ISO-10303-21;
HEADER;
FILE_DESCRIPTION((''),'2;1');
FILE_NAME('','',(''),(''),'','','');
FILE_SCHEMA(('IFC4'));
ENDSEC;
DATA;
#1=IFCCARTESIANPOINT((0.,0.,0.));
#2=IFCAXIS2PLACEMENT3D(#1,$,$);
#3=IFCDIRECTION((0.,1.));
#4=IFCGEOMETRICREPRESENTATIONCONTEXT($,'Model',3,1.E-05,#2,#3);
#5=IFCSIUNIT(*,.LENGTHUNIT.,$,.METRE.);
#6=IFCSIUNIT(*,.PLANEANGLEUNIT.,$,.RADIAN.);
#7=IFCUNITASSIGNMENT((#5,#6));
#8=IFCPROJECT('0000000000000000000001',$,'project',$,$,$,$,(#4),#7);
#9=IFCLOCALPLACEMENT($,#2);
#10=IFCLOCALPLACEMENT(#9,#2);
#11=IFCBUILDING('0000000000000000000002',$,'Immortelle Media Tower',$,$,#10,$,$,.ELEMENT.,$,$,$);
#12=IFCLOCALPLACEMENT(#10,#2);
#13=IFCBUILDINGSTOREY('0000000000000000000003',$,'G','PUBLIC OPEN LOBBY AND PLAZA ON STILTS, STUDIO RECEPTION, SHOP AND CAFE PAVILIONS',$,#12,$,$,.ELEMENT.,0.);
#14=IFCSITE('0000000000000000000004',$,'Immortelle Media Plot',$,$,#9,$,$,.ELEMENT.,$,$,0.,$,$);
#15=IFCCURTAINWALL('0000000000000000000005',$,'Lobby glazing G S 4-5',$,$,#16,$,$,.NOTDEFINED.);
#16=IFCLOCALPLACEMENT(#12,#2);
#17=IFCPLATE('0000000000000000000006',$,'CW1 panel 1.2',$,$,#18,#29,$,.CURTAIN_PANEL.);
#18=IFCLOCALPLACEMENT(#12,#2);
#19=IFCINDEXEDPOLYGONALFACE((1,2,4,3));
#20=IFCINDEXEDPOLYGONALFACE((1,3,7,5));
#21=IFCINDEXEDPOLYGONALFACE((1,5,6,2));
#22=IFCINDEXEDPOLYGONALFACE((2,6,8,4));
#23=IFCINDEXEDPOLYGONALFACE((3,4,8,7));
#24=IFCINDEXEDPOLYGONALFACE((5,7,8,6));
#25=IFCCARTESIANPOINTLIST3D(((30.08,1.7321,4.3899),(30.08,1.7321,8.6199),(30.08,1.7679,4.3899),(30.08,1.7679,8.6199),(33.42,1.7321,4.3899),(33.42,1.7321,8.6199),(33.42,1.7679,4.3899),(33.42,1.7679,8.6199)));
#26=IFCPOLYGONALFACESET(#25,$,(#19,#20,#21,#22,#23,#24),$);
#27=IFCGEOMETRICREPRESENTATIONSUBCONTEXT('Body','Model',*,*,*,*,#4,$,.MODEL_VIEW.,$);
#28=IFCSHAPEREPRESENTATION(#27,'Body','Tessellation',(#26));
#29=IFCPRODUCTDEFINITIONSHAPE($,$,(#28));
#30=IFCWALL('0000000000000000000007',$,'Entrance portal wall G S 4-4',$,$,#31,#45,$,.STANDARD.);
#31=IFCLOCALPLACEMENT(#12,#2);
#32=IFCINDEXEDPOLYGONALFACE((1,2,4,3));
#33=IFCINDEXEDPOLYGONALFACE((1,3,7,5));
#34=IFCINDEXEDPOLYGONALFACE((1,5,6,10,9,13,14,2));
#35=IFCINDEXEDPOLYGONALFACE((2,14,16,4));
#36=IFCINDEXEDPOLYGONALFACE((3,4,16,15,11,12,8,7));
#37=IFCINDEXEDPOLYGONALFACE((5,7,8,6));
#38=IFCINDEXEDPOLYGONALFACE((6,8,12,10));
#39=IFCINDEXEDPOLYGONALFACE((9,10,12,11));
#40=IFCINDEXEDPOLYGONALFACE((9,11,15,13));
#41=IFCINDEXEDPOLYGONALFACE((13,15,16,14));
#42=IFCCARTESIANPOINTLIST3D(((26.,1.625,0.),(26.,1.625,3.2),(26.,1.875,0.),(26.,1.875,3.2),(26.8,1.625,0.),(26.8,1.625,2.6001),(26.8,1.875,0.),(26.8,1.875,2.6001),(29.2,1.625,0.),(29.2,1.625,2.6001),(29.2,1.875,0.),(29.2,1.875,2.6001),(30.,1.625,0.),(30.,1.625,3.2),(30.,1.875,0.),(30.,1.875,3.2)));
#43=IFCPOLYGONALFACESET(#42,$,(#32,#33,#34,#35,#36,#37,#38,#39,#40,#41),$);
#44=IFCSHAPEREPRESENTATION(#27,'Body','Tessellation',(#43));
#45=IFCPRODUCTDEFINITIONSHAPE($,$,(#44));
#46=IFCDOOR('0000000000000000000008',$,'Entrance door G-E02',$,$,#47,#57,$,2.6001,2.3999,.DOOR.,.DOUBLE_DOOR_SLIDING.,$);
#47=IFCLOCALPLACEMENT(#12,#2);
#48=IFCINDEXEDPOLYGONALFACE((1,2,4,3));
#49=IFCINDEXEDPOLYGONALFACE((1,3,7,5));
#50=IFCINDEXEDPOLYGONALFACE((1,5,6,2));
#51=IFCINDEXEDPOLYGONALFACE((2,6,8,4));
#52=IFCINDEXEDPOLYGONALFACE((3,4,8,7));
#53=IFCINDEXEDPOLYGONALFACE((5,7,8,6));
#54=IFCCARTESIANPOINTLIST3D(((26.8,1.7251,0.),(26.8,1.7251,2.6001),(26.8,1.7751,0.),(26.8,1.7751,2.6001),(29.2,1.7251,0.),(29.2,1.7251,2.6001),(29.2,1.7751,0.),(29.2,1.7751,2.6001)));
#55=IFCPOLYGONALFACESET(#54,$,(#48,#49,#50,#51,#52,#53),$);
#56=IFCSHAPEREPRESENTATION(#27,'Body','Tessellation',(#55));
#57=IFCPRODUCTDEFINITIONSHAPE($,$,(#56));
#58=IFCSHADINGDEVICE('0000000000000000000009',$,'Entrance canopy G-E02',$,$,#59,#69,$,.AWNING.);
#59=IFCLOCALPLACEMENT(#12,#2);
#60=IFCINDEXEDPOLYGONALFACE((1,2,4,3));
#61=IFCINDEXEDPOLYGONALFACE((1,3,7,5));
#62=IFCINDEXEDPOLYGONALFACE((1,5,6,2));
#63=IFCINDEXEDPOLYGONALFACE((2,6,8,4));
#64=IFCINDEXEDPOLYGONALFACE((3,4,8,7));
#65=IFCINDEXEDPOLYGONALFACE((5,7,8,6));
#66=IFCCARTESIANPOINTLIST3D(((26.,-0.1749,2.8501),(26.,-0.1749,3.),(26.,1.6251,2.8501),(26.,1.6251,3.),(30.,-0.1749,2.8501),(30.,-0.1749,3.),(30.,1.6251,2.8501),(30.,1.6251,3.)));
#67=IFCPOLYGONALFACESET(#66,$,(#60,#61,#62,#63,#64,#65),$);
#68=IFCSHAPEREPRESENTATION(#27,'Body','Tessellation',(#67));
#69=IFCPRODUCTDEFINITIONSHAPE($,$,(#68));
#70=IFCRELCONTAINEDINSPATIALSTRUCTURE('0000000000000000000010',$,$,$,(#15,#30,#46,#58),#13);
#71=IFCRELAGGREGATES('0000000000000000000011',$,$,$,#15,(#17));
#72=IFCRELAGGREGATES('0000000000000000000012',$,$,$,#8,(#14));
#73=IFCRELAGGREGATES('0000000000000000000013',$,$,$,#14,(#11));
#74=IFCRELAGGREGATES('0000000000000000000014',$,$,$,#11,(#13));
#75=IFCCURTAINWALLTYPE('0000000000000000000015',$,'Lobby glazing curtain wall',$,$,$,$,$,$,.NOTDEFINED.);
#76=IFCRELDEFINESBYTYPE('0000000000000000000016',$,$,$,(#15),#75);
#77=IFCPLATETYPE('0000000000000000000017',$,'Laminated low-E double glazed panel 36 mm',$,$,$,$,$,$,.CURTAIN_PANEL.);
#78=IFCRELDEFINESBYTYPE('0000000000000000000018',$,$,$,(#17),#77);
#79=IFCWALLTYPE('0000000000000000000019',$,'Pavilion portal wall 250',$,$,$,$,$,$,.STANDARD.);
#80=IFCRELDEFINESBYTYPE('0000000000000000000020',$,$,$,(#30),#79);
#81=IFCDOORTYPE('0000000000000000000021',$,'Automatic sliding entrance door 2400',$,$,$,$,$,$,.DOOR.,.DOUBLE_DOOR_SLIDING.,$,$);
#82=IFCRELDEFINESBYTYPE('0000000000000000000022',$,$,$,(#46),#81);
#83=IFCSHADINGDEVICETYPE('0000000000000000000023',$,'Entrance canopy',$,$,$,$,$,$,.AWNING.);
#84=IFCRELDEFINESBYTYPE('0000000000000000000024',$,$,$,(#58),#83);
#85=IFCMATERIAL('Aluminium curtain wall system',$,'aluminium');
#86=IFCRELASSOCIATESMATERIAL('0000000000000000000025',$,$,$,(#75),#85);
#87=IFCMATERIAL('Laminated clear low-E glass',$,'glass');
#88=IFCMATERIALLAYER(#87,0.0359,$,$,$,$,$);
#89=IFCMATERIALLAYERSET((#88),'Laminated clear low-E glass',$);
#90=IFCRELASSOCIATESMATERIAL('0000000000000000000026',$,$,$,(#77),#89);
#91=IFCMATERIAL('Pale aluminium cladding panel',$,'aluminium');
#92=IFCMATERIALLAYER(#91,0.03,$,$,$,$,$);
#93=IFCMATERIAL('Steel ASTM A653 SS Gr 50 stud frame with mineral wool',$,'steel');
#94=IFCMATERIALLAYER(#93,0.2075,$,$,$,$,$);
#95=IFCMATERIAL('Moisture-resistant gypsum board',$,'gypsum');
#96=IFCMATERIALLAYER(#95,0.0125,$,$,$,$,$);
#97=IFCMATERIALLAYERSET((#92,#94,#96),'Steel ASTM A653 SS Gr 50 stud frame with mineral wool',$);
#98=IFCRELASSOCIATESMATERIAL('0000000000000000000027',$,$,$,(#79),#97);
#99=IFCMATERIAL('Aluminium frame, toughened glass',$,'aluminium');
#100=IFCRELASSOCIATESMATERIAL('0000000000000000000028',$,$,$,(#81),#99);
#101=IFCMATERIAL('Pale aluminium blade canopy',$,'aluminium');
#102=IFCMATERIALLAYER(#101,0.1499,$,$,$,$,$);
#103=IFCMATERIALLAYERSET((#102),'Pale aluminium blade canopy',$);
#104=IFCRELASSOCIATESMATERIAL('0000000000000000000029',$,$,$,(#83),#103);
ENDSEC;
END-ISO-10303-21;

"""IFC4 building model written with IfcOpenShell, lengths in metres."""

from ifc_helpers import new_model, si_unit, direction, frame, frame_2d, origin, origin_2d, place, context, subcontext, project, spatial, rectangle, extrude, material, layer, layer_set, type_object, element, fill, aggregate, save


model = new_model("IFC4")

# Units and contexts
model_context = context("Model", 3, precision=1e-05, world=origin(), true_north=direction((0.0, 1.0)))
body_context = subcontext(model_context, "Body", "Model", "MODEL_VIEW")
ifc_project = project(units=[si_unit("LENGTHUNIT", "METRE"), si_unit("PLANEANGLEUNIT", "RADIAN")], contexts=[model_context])

# Site, building, storey
site_placement = place(None, origin())
site = spatial("IfcSite", under=ifc_project, at=site_placement, Name="Immortelle Media Plot", CompositionType="ELEMENT", RefElevation=0.0)
building_placement = place(site_placement, origin())
building = spatial("IfcBuilding", under=site, at=building_placement, Name="Immortelle Media Tower", CompositionType="ELEMENT")
storey_placement = place(building_placement, origin())
storey = spatial("IfcBuildingStorey", under=building, at=storey_placement, Name="G", Description="PUBLIC OPEN LOBBY AND PLAZA ON STILTS, STUDIO RECEPTION, SHOP AND CAFE PAVILIONS", CompositionType="ELEMENT", Elevation=0.0)

# Shared definitions
ifc_material_1 = material(Name="Aluminium curtain wall system", Category="aluminium")
curtain_wall_type = type_object("IfcCurtainWallType", Name="Lobby glazing curtain wall", PredefinedType="NOTDEFINED", material=ifc_material_1)

# Curtain wall
curtain_wall_1_placement = place(storey_placement, origin())
curtain_wall_1 = element("IfcCurtainWall", 1, at=curtain_wall_1_placement, inside=storey, type_object=curtain_wall_type, Name="Lobby glazing G S 4-5", PredefinedType="NOTDEFINED")

# Shared definitions
ifc_material_2 = material(Name="Laminated clear low-E glass", Category="glass")
ifc_layer_1 = layer(ifc_material_2, 0.0359)
ifc_layer_set_1 = layer_set([ifc_layer_1], Name="Laminated clear low-E glass")
plate_type = type_object("IfcPlateType", Name="Laminated low-E double glazed panel 36 mm", PredefinedType="CURTAIN_PANEL", material=ifc_layer_set_1)

# Plate
plate_1_placement = place(storey_placement, frame((31.75, 1.75, 4.3899), z_axis=(0.0, 0.0, 1.0), x_axis=(1.0, 0.0, 0.0)))
plate_1 = element("IfcPlate", 2, at=plate_1_placement, type_object=plate_type, Name="CW1 panel 1.2", PredefinedType="CURTAIN_PANEL", context=body_context, shape_type="SweptSolid", body=[
    extrude(rectangle(XDim=3.3401, YDim=0.0359, at=origin_2d()), origin(), (0.0, 0.0, 1.0), 4.23),
])
aggregate(curtain_wall_1, [plate_1])

# Wall, opening, door
ifc_material_3 = material(Name="Pale aluminium cladding panel", Category="aluminium")
ifc_layer_2 = layer(ifc_material_3, 0.03)
ifc_material_4 = material(Name="Steel ASTM A653 SS Gr 50 stud frame with mineral wool", Category="steel")
ifc_layer_3 = layer(ifc_material_4, 0.2075)
ifc_material_5 = material(Name="Moisture-resistant gypsum board", Category="gypsum")
ifc_layer_4 = layer(ifc_material_5, 0.0125)
ifc_layer_set_2 = layer_set([ifc_layer_2, ifc_layer_3, ifc_layer_4], Name="Steel ASTM A653 SS Gr 50 stud frame with mineral wool")
wall_type = type_object("IfcWallType", Name="Pavilion portal wall 250", PredefinedType="STANDARD", material=ifc_layer_set_2)
wall_placement = place(storey_placement, frame((26.0, 1.75, 0.0), z_axis=(0.0, 0.0, 1.0), x_axis=(1.0, 0.0, 0.0)))
wall = element("IfcWall", 3, at=wall_placement, inside=storey, type_object=wall_type, Name="Entrance portal wall G S 4-4", PredefinedType="STANDARD", context=body_context, shape_type="SweptSolid", body=[
    extrude(rectangle(XDim=4.0, YDim=0.25, at=frame_2d((2.0, 0.0))), origin(), (0.0, 0.0, 1.0), 3.2),
])
opening_placement = place(wall_placement, frame((3.2, 0.0, 0.0), z_axis=(0.0, 0.0, 1.0), x_axis=(-1.0, 0.0, 0.0)))
opening = element("IfcOpeningElement", 4, at=opening_placement, cuts=wall, PredefinedType="OPENING", context=body_context, shape_type="SweptSolid", body=[
    extrude(rectangle(XDim=2.3999, YDim=2.6001, at=frame_2d((1.2, 1.3))), frame((0.0, 0.135, 0.0), z_axis=(0.0, -1.0, 0.0), x_axis=(1.0, 0.0, 0.0)), (0.0, 0.0, 1.0), 0.27),
])
ifc_material_6 = material(Name="Aluminium frame, toughened glass", Category="aluminium")
door_type = type_object("IfcDoorType", Name="Automatic sliding entrance door 2400", OperationType="DOUBLE_DOOR_SLIDING", PredefinedType="DOOR", material=ifc_material_6)
door_placement = place(opening_placement, origin())
door = element("IfcDoor", 5, at=door_placement, inside=storey, type_object=door_type, Name="Entrance door G-E02", OperationType="DOUBLE_DOOR_SLIDING", OverallHeight=2.6001, OverallWidth=2.3999, PredefinedType="DOOR", context=body_context, shape_type="SweptSolid", body=[
    extrude(rectangle(XDim=2.3999, YDim=2.6001, at=frame_2d((1.2, 1.3))), frame((0.0, 0.0249, 0.0), z_axis=(0.0, -1.0, 0.0), x_axis=(1.0, 0.0, 0.0)), (0.0, 0.0, 1.0), 0.05),
])
fill(opening, door)

# Shading device
ifc_material_7 = material(Name="Pale aluminium blade canopy", Category="aluminium")
ifc_layer_5 = layer(ifc_material_7, 0.1499)
ifc_layer_set_3 = layer_set([ifc_layer_5], Name="Pale aluminium blade canopy")
shading_device_type = type_object("IfcShadingDeviceType", Name="Entrance canopy", PredefinedType="AWNING", material=ifc_layer_set_3)
shading_device_placement = place(storey_placement, frame((28.0, 0.7251, 2.8501), z_axis=(0.0, 0.0, 1.0), x_axis=(1.0, 0.0, 0.0)))
element("IfcShadingDevice", 6, at=shading_device_placement, inside=storey, type_object=shading_device_type, Name="Entrance canopy G-E02", PredefinedType="AWNING", context=body_context, shape_type="SweptSolid", body=[
    extrude(rectangle(XDim=4.0, YDim=1.8, at=origin_2d()), origin(), (0.0, 0.0, 1.0), 0.1499),
])

save(model, "model.ifc")
